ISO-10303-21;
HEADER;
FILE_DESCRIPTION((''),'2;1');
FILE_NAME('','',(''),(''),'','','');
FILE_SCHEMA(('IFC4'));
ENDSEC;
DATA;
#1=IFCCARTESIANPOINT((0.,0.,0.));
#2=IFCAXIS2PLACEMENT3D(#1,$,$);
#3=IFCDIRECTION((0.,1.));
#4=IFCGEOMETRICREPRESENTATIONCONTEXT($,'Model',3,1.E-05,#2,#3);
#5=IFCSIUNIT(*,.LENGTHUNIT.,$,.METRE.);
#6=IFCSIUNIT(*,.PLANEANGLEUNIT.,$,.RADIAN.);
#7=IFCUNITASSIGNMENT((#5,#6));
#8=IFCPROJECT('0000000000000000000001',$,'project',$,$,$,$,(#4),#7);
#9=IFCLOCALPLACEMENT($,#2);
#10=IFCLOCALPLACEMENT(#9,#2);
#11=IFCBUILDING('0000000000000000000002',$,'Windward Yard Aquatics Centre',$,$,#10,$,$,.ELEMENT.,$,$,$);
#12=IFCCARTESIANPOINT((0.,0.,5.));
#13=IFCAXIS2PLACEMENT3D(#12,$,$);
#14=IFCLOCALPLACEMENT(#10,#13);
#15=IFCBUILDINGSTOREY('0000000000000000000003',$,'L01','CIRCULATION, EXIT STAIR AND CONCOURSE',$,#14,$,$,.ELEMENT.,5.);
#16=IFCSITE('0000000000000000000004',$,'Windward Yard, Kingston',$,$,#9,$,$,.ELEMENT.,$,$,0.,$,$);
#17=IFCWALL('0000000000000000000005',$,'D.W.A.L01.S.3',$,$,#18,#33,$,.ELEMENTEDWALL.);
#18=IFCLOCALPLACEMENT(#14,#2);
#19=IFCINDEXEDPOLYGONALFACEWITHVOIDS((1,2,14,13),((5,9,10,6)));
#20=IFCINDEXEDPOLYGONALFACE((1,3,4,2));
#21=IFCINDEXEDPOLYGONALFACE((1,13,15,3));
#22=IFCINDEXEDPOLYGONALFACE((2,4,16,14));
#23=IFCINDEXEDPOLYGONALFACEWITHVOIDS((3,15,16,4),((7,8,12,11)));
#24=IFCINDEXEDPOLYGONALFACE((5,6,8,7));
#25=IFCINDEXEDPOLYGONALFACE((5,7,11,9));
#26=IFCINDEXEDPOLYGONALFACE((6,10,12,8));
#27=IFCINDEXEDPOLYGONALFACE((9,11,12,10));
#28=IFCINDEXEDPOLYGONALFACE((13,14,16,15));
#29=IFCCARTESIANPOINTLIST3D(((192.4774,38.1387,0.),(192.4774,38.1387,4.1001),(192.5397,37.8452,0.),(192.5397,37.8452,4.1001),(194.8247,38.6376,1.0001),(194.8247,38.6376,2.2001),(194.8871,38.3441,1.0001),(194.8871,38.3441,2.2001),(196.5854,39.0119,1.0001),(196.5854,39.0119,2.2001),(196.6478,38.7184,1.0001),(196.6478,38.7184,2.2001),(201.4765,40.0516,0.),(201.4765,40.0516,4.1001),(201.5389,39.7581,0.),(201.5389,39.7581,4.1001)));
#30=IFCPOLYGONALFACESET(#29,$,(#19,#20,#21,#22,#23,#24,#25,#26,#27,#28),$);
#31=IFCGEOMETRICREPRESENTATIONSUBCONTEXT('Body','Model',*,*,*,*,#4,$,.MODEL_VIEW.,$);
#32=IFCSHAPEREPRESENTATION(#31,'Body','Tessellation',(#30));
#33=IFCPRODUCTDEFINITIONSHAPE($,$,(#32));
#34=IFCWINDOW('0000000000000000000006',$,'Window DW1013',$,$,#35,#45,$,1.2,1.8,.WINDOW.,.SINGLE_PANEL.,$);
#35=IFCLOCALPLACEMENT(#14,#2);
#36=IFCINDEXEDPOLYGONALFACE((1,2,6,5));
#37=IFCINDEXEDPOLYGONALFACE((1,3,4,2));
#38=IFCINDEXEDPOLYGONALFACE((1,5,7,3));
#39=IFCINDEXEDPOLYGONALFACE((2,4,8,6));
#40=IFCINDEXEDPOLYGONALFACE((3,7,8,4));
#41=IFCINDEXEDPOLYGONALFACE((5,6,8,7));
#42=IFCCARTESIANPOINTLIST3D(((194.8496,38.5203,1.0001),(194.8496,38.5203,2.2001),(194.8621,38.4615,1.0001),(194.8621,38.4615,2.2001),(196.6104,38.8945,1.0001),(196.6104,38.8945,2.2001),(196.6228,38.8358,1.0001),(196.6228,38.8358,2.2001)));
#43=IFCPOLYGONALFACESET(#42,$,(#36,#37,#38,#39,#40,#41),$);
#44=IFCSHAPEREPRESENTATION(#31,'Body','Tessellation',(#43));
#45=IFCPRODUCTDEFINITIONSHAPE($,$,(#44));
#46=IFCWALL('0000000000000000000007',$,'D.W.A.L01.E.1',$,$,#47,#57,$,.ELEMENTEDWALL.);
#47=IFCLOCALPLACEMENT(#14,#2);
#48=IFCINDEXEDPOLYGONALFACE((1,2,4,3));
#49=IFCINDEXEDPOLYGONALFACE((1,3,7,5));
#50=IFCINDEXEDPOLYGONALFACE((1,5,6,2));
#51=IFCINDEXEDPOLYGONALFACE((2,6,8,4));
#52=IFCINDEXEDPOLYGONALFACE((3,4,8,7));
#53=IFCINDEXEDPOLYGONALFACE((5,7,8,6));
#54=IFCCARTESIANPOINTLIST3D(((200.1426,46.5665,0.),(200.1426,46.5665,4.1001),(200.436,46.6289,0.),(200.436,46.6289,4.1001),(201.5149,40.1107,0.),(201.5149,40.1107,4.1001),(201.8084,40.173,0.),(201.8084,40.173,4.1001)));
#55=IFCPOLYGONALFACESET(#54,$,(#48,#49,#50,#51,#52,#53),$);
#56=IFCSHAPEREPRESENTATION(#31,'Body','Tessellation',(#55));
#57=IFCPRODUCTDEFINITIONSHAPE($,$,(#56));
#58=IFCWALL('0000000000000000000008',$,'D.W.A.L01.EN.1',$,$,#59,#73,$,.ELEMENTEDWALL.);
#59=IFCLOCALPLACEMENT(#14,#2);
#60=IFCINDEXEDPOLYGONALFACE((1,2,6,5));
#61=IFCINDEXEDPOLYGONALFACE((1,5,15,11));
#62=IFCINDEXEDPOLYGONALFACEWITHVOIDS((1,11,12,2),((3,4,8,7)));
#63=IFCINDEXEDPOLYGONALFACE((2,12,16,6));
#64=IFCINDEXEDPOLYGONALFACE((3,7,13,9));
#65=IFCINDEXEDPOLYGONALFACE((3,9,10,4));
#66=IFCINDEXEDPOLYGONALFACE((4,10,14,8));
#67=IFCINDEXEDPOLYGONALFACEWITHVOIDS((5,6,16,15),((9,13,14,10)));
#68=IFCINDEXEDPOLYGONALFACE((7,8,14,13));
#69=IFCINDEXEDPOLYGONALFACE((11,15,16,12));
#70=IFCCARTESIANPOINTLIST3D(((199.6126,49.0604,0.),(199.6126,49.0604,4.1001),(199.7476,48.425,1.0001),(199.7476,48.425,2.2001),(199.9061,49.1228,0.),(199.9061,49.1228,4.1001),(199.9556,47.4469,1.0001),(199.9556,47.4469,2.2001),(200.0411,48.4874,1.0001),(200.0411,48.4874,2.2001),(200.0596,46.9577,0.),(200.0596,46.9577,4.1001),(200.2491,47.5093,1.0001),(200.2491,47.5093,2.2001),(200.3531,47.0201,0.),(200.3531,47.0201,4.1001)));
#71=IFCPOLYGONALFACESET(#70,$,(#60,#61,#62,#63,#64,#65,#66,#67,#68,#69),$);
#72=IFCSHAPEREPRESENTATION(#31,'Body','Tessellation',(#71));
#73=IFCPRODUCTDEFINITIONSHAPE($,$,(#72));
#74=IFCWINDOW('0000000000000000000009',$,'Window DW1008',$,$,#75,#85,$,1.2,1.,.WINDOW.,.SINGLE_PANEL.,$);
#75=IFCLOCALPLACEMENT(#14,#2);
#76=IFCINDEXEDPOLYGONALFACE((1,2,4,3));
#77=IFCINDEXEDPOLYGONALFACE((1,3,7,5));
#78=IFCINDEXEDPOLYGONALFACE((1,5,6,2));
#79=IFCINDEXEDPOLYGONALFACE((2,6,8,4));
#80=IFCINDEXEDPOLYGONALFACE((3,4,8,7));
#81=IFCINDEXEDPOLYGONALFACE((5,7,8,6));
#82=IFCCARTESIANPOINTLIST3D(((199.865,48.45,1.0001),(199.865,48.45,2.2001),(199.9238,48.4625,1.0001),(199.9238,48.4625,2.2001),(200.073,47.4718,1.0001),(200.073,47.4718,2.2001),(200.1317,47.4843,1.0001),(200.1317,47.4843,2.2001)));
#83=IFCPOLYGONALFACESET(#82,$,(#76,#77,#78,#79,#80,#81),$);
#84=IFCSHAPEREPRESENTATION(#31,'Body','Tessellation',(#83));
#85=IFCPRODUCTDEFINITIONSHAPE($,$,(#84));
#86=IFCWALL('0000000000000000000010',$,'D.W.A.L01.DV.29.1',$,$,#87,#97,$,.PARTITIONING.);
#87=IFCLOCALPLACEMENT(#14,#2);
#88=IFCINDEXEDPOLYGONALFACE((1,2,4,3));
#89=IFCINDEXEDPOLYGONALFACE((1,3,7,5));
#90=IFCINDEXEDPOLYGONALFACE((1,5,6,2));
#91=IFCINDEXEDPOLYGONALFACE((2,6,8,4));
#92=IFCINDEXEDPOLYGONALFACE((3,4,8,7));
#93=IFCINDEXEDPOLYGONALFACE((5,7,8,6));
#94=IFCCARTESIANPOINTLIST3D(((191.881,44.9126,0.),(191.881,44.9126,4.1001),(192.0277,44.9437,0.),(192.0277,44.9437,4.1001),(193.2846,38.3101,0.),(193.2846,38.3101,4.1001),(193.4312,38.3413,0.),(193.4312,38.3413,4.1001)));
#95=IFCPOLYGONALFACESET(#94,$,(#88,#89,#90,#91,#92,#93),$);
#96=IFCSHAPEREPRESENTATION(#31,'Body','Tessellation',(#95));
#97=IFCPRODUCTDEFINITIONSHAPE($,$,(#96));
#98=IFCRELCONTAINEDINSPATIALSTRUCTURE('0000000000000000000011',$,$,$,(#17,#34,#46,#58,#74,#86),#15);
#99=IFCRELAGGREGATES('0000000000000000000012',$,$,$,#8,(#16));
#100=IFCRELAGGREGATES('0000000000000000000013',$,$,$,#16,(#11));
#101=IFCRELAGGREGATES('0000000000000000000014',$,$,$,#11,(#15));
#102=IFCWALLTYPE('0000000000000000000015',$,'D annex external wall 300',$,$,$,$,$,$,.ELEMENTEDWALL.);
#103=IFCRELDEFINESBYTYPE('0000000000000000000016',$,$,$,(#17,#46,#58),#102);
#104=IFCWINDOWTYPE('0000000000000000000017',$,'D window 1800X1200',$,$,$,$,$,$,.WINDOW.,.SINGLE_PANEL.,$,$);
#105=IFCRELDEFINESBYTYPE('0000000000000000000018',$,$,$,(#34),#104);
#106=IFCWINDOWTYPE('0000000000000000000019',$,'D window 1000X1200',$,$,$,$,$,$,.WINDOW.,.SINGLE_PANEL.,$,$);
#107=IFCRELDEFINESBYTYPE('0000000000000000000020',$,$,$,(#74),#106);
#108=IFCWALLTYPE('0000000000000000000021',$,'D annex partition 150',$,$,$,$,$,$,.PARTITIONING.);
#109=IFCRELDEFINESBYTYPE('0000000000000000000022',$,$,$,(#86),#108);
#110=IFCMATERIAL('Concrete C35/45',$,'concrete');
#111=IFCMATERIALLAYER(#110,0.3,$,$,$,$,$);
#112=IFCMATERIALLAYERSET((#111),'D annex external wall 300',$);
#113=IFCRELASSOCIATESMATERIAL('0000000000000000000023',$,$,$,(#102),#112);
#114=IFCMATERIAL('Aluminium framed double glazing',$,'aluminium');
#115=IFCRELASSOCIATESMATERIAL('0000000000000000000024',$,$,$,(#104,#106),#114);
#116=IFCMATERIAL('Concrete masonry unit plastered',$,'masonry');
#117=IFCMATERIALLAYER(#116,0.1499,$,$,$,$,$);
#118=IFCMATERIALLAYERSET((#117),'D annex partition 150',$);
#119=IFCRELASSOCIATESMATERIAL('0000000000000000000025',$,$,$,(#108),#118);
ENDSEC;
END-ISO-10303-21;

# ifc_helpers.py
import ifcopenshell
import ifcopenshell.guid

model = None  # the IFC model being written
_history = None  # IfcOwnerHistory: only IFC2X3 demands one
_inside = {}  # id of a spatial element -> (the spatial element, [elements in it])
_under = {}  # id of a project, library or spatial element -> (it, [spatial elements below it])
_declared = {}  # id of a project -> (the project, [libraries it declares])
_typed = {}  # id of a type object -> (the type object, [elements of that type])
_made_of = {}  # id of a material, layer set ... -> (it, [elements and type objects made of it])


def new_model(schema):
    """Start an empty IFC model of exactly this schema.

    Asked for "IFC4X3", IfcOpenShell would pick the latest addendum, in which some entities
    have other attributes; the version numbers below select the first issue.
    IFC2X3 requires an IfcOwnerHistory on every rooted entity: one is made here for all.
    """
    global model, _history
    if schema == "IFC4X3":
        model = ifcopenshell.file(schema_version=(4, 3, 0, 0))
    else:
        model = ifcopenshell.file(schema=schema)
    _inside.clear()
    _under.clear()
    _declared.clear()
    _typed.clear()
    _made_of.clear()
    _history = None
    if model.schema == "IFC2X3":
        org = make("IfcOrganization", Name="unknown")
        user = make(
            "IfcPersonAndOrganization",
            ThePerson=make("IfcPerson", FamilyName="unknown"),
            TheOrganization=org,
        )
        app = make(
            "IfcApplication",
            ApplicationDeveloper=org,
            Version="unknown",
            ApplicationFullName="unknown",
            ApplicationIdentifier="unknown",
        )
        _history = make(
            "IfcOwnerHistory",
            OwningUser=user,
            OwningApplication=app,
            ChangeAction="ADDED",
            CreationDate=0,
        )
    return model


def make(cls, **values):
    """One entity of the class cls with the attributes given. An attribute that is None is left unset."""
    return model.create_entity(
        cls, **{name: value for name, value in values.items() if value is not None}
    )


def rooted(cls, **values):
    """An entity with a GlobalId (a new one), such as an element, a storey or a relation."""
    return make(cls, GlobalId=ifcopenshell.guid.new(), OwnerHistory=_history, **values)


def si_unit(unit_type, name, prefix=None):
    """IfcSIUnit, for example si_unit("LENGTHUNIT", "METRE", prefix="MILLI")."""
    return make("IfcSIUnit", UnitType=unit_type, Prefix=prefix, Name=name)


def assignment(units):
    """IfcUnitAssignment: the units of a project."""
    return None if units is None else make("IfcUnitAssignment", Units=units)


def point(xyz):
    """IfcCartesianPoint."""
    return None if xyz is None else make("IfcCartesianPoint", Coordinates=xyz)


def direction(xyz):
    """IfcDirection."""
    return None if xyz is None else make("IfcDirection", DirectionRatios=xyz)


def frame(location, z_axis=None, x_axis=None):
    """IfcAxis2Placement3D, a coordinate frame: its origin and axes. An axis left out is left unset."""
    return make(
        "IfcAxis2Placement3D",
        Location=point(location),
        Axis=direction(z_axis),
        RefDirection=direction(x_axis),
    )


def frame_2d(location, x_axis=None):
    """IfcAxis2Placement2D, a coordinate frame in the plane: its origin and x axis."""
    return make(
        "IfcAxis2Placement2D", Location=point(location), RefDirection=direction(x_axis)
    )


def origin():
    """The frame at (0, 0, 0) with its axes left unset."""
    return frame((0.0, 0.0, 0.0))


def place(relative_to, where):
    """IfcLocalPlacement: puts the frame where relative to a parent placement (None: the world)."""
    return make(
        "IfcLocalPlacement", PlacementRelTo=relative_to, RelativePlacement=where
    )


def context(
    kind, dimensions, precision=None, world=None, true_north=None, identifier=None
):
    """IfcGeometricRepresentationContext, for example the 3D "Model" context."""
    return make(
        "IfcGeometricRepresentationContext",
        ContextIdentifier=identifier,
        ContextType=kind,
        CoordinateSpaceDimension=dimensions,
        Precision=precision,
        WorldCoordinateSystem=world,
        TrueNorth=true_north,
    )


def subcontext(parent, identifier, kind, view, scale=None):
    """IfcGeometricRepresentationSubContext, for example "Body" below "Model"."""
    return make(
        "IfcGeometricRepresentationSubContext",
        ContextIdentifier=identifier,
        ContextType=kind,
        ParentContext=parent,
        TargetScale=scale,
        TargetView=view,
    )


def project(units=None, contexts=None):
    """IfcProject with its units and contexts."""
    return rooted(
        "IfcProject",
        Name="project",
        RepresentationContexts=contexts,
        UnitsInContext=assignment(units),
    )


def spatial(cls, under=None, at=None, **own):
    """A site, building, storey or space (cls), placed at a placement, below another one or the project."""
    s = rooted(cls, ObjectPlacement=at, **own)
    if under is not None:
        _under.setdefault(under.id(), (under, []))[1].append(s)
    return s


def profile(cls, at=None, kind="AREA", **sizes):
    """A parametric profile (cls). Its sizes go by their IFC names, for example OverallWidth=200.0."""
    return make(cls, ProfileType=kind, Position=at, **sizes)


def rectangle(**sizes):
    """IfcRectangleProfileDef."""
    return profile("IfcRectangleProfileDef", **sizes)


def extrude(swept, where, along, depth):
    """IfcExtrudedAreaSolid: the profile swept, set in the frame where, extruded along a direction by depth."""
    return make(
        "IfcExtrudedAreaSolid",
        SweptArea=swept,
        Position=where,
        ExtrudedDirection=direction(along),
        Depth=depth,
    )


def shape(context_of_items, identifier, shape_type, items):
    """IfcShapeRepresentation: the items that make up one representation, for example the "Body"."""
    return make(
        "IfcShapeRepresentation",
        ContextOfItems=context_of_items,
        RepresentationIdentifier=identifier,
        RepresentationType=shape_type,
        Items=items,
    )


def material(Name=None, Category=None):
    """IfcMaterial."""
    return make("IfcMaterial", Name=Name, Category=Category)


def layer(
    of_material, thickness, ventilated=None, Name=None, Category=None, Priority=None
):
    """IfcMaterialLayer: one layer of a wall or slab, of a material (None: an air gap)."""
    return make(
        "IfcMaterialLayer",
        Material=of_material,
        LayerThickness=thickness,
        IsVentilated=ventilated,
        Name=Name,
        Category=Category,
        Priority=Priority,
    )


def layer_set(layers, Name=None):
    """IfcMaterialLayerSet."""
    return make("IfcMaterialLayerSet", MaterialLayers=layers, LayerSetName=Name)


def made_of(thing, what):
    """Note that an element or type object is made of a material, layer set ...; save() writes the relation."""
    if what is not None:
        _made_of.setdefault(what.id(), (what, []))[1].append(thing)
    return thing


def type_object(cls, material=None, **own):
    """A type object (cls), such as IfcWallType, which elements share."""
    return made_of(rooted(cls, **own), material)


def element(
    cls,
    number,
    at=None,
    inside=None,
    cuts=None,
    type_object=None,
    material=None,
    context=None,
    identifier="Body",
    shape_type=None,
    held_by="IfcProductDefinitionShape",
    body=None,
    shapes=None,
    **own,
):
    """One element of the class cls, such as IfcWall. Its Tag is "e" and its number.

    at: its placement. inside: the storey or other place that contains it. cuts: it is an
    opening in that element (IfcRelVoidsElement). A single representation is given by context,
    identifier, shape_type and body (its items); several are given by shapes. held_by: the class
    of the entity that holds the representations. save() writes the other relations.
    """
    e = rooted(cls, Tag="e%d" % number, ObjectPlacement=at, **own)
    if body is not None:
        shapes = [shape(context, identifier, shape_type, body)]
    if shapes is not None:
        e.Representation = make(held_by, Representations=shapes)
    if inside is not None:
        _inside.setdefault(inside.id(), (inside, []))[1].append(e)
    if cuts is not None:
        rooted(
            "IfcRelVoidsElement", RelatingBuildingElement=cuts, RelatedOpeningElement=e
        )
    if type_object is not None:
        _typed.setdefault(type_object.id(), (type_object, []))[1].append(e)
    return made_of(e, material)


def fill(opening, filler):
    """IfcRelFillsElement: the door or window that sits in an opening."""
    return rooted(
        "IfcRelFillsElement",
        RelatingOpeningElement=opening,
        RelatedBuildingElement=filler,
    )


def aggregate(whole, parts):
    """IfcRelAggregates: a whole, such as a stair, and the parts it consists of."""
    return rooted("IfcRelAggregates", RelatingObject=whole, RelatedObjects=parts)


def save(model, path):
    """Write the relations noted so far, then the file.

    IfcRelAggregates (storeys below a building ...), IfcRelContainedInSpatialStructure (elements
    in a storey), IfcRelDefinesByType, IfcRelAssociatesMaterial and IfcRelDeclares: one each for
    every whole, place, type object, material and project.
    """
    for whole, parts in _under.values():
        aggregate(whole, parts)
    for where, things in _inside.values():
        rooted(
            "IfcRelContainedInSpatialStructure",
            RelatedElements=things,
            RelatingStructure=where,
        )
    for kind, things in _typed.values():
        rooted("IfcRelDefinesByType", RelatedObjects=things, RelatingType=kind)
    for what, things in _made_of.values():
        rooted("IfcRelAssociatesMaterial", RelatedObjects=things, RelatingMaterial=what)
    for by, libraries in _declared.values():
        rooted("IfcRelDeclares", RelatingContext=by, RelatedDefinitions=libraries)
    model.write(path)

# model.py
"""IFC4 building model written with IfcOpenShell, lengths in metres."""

from ifc_helpers import new_model, si_unit, direction, frame, frame_2d, origin, place, context, subcontext, project, spatial, rectangle, extrude, material, layer, layer_set, type_object, element, fill, save


model = new_model("IFC4")

# Units and contexts
model_context = context("Model", 3, precision=1e-05, world=origin(), true_north=direction((0.0, 1.0)))
body_context = subcontext(model_context, "Body", "Model", "MODEL_VIEW")
ifc_project = project(units=[si_unit("LENGTHUNIT", "METRE"), si_unit("PLANEANGLEUNIT", "RADIAN")], contexts=[model_context])

# Site, building, storey
site_placement = place(None, origin())
site = spatial("IfcSite", under=ifc_project, at=site_placement, Name="Windward Yard, Kingston", CompositionType="ELEMENT", RefElevation=0.0)
building_placement = place(site_placement, origin())
building = spatial("IfcBuilding", under=site, at=building_placement, Name="Windward Yard Aquatics Centre", CompositionType="ELEMENT")
storey_placement = place(building_placement, frame((0.0, 0.0, 5.0)))
storey = spatial("IfcBuildingStorey", under=building, at=storey_placement, Name="L01", Description="CIRCULATION, EXIT STAIR AND CONCOURSE", CompositionType="ELEMENT", Elevation=5.0)

# Shared definitions
ifc_material_1 = material(Name="Concrete C35/45", Category="concrete")

# Wall, opening, window
ifc_layer_1 = layer(ifc_material_1, 0.3)
ifc_layer_set_1 = layer_set([ifc_layer_1], Name="D annex external wall 300")
wall_type_1 = type_object("IfcWallType", Name="D annex external wall 300", PredefinedType="ELEMENTEDWALL", material=ifc_layer_set_1)
wall_1_placement = place(storey_placement, frame((192.5085, 37.9919, 0.0), z_axis=(0.0, 0.0, 1.0), x_axis=(0.978147, 0.207916, 0.0)))
wall_1 = element("IfcWall", 1, at=wall_1_placement, inside=storey, type_object=wall_type_1, Name="D.W.A.L01.S.3", PredefinedType="ELEMENTEDWALL", context=body_context, shape_type="SweptSolid", body=[
    extrude(rectangle(XDim=9.2002, YDim=0.3, at=frame_2d((4.6001, 0.0))), origin(), (0.0, 0.0, 1.0), 4.1001),
])
opening_1_placement = place(wall_1_placement, frame((2.3999, 0.0, 1.0)))
opening_1 = element("IfcOpeningElement", 2, at=opening_1_placement, cuts=wall_1, PredefinedType="OPENING", context=body_context, shape_type="SweptSolid", body=[
    extrude(rectangle(XDim=1.8, YDim=1.2, at=frame_2d((0.8999, 0.6001))), frame((0.0, 0.1602, 0.0), z_axis=(0.0, -1.0, 0.0), x_axis=(1.0, 0.0, 0.0)), (0.0, 0.0, 1.0), 0.3201),
])
ifc_material_2 = material(Name="Aluminium framed double glazing", Category="aluminium")
window_type_1 = type_object("IfcWindowType", Name="D window 1800X1200", PartitioningType="SINGLE_PANEL", PredefinedType="WINDOW", material=ifc_material_2)
window_1_placement = place(opening_1_placement, origin())
window_1 = element("IfcWindow", 3, at=window_1_placement, inside=storey, type_object=window_type_1, Name="Window DW1013", OverallHeight=1.2, OverallWidth=1.8, PartitioningType="SINGLE_PANEL", PredefinedType="WINDOW", context=body_context, shape_type="SweptSolid", body=[
    extrude(rectangle(XDim=1.8, YDim=1.2, at=frame_2d((0.8999, 0.6001))), frame((0.0, 0.03, 0.0), z_axis=(0.0, -1.0, 0.0), x_axis=(1.0, 0.0, 0.0)), (0.0, 0.0, 1.0), 0.0601),
])
fill(opening_1, window_1)

# Wall
wall_2_placement = place(storey_placement, frame((201.6616, 40.1418, 0.0), z_axis=(0.0, 0.0, 1.0), x_axis=(-0.207925, 0.978145, 0.0)))
element("IfcWall", 4, at=wall_2_placement, inside=storey, type_object=wall_type_1, Name="D.W.A.L01.E.1", PredefinedType="ELEMENTEDWALL", context=body_context, shape_type="SweptSolid", body=[
    extrude(rectangle(XDim=6.6001, YDim=0.3, at=frame_2d((3.3, 0.0))), origin(), (0.0, 0.0, 1.0), 4.1001),
])

# Wall, opening, window
wall_3_placement = place(storey_placement, frame((200.2063, 46.989, 0.0), z_axis=(0.0, 0.0, 1.0), x_axis=(-0.207939, 0.978142, 0.0)))
wall_3 = element("IfcWall", 5, at=wall_3_placement, inside=storey, type_object=wall_type_1, Name="D.W.A.L01.EN.1", PredefinedType="ELEMENTEDWALL", context=body_context, shape_type="SweptSolid", body=[
    extrude(rectangle(XDim=2.1497, YDim=0.3, at=frame_2d((1.0747, 0.0))), origin(), (0.0, 0.0, 1.0), 4.1001),
])
opening_2_placement = place(wall_3_placement, frame((0.5, 0.0, 1.0)))
opening_2 = element("IfcOpeningElement", 6, at=opening_2_placement, cuts=wall_3, PredefinedType="OPENING", context=body_context, shape_type="SweptSolid", body=[
    extrude(rectangle(XDim=1.0, YDim=1.2, at=frame_2d((0.5, 0.6001))), frame((0.0, 0.1602, 0.0), z_axis=(0.0, -1.0, 0.0), x_axis=(1.0, 0.0, 0.0)), (0.0, 0.0, 1.0), 0.3201),
])
window_type_2 = type_object("IfcWindowType", Name="D window 1000X1200", PartitioningType="SINGLE_PANEL", PredefinedType="WINDOW", material=ifc_material_2)
window_2_placement = place(opening_2_placement, origin())
window_2 = element("IfcWindow", 7, at=window_2_placement, inside=storey, type_object=window_type_2, Name="Window DW1008", OverallHeight=1.2, OverallWidth=1.0, PartitioningType="SINGLE_PANEL", PredefinedType="WINDOW", context=body_context, shape_type="SweptSolid", body=[
    extrude(rectangle(XDim=1.0, YDim=1.2, at=frame_2d((0.5, 0.6001))), frame((0.0, 0.03, 0.0), z_axis=(0.0, -1.0, 0.0), x_axis=(1.0, 0.0, 0.0)), (0.0, 0.0, 1.0), 0.0601),
])
fill(opening_2, window_2)

# Wall
ifc_material_3 = material(Name="Concrete masonry unit plastered", Category="masonry")
ifc_layer_2 = layer(ifc_material_3, 0.1499)
ifc_layer_set_2 = layer_set([ifc_layer_2], Name="D annex partition 150")
wall_type_2 = type_object("IfcWallType", Name="D annex partition 150", PredefinedType="PARTITIONING", material=ifc_layer_set_2)
wall_4_placement = place(storey_placement, frame((193.3579, 38.3257, 0.0), z_axis=(0.0, 0.0, 1.0), x_axis=(-0.207933, 0.978143, 0.0)))
element("IfcWall", 8, at=wall_4_placement, inside=storey, type_object=wall_type_2, Name="D.W.A.L01.DV.29.1", PredefinedType="PARTITIONING", context=body_context, shape_type="SweptSolid", body=[
    extrude(rectangle(XDim=6.75, YDim=0.1499, at=frame_2d((3.375, 0.0))), origin(), (0.0, 0.0, 1.0), 4.1001),
])

save(model, "model.ifc")
